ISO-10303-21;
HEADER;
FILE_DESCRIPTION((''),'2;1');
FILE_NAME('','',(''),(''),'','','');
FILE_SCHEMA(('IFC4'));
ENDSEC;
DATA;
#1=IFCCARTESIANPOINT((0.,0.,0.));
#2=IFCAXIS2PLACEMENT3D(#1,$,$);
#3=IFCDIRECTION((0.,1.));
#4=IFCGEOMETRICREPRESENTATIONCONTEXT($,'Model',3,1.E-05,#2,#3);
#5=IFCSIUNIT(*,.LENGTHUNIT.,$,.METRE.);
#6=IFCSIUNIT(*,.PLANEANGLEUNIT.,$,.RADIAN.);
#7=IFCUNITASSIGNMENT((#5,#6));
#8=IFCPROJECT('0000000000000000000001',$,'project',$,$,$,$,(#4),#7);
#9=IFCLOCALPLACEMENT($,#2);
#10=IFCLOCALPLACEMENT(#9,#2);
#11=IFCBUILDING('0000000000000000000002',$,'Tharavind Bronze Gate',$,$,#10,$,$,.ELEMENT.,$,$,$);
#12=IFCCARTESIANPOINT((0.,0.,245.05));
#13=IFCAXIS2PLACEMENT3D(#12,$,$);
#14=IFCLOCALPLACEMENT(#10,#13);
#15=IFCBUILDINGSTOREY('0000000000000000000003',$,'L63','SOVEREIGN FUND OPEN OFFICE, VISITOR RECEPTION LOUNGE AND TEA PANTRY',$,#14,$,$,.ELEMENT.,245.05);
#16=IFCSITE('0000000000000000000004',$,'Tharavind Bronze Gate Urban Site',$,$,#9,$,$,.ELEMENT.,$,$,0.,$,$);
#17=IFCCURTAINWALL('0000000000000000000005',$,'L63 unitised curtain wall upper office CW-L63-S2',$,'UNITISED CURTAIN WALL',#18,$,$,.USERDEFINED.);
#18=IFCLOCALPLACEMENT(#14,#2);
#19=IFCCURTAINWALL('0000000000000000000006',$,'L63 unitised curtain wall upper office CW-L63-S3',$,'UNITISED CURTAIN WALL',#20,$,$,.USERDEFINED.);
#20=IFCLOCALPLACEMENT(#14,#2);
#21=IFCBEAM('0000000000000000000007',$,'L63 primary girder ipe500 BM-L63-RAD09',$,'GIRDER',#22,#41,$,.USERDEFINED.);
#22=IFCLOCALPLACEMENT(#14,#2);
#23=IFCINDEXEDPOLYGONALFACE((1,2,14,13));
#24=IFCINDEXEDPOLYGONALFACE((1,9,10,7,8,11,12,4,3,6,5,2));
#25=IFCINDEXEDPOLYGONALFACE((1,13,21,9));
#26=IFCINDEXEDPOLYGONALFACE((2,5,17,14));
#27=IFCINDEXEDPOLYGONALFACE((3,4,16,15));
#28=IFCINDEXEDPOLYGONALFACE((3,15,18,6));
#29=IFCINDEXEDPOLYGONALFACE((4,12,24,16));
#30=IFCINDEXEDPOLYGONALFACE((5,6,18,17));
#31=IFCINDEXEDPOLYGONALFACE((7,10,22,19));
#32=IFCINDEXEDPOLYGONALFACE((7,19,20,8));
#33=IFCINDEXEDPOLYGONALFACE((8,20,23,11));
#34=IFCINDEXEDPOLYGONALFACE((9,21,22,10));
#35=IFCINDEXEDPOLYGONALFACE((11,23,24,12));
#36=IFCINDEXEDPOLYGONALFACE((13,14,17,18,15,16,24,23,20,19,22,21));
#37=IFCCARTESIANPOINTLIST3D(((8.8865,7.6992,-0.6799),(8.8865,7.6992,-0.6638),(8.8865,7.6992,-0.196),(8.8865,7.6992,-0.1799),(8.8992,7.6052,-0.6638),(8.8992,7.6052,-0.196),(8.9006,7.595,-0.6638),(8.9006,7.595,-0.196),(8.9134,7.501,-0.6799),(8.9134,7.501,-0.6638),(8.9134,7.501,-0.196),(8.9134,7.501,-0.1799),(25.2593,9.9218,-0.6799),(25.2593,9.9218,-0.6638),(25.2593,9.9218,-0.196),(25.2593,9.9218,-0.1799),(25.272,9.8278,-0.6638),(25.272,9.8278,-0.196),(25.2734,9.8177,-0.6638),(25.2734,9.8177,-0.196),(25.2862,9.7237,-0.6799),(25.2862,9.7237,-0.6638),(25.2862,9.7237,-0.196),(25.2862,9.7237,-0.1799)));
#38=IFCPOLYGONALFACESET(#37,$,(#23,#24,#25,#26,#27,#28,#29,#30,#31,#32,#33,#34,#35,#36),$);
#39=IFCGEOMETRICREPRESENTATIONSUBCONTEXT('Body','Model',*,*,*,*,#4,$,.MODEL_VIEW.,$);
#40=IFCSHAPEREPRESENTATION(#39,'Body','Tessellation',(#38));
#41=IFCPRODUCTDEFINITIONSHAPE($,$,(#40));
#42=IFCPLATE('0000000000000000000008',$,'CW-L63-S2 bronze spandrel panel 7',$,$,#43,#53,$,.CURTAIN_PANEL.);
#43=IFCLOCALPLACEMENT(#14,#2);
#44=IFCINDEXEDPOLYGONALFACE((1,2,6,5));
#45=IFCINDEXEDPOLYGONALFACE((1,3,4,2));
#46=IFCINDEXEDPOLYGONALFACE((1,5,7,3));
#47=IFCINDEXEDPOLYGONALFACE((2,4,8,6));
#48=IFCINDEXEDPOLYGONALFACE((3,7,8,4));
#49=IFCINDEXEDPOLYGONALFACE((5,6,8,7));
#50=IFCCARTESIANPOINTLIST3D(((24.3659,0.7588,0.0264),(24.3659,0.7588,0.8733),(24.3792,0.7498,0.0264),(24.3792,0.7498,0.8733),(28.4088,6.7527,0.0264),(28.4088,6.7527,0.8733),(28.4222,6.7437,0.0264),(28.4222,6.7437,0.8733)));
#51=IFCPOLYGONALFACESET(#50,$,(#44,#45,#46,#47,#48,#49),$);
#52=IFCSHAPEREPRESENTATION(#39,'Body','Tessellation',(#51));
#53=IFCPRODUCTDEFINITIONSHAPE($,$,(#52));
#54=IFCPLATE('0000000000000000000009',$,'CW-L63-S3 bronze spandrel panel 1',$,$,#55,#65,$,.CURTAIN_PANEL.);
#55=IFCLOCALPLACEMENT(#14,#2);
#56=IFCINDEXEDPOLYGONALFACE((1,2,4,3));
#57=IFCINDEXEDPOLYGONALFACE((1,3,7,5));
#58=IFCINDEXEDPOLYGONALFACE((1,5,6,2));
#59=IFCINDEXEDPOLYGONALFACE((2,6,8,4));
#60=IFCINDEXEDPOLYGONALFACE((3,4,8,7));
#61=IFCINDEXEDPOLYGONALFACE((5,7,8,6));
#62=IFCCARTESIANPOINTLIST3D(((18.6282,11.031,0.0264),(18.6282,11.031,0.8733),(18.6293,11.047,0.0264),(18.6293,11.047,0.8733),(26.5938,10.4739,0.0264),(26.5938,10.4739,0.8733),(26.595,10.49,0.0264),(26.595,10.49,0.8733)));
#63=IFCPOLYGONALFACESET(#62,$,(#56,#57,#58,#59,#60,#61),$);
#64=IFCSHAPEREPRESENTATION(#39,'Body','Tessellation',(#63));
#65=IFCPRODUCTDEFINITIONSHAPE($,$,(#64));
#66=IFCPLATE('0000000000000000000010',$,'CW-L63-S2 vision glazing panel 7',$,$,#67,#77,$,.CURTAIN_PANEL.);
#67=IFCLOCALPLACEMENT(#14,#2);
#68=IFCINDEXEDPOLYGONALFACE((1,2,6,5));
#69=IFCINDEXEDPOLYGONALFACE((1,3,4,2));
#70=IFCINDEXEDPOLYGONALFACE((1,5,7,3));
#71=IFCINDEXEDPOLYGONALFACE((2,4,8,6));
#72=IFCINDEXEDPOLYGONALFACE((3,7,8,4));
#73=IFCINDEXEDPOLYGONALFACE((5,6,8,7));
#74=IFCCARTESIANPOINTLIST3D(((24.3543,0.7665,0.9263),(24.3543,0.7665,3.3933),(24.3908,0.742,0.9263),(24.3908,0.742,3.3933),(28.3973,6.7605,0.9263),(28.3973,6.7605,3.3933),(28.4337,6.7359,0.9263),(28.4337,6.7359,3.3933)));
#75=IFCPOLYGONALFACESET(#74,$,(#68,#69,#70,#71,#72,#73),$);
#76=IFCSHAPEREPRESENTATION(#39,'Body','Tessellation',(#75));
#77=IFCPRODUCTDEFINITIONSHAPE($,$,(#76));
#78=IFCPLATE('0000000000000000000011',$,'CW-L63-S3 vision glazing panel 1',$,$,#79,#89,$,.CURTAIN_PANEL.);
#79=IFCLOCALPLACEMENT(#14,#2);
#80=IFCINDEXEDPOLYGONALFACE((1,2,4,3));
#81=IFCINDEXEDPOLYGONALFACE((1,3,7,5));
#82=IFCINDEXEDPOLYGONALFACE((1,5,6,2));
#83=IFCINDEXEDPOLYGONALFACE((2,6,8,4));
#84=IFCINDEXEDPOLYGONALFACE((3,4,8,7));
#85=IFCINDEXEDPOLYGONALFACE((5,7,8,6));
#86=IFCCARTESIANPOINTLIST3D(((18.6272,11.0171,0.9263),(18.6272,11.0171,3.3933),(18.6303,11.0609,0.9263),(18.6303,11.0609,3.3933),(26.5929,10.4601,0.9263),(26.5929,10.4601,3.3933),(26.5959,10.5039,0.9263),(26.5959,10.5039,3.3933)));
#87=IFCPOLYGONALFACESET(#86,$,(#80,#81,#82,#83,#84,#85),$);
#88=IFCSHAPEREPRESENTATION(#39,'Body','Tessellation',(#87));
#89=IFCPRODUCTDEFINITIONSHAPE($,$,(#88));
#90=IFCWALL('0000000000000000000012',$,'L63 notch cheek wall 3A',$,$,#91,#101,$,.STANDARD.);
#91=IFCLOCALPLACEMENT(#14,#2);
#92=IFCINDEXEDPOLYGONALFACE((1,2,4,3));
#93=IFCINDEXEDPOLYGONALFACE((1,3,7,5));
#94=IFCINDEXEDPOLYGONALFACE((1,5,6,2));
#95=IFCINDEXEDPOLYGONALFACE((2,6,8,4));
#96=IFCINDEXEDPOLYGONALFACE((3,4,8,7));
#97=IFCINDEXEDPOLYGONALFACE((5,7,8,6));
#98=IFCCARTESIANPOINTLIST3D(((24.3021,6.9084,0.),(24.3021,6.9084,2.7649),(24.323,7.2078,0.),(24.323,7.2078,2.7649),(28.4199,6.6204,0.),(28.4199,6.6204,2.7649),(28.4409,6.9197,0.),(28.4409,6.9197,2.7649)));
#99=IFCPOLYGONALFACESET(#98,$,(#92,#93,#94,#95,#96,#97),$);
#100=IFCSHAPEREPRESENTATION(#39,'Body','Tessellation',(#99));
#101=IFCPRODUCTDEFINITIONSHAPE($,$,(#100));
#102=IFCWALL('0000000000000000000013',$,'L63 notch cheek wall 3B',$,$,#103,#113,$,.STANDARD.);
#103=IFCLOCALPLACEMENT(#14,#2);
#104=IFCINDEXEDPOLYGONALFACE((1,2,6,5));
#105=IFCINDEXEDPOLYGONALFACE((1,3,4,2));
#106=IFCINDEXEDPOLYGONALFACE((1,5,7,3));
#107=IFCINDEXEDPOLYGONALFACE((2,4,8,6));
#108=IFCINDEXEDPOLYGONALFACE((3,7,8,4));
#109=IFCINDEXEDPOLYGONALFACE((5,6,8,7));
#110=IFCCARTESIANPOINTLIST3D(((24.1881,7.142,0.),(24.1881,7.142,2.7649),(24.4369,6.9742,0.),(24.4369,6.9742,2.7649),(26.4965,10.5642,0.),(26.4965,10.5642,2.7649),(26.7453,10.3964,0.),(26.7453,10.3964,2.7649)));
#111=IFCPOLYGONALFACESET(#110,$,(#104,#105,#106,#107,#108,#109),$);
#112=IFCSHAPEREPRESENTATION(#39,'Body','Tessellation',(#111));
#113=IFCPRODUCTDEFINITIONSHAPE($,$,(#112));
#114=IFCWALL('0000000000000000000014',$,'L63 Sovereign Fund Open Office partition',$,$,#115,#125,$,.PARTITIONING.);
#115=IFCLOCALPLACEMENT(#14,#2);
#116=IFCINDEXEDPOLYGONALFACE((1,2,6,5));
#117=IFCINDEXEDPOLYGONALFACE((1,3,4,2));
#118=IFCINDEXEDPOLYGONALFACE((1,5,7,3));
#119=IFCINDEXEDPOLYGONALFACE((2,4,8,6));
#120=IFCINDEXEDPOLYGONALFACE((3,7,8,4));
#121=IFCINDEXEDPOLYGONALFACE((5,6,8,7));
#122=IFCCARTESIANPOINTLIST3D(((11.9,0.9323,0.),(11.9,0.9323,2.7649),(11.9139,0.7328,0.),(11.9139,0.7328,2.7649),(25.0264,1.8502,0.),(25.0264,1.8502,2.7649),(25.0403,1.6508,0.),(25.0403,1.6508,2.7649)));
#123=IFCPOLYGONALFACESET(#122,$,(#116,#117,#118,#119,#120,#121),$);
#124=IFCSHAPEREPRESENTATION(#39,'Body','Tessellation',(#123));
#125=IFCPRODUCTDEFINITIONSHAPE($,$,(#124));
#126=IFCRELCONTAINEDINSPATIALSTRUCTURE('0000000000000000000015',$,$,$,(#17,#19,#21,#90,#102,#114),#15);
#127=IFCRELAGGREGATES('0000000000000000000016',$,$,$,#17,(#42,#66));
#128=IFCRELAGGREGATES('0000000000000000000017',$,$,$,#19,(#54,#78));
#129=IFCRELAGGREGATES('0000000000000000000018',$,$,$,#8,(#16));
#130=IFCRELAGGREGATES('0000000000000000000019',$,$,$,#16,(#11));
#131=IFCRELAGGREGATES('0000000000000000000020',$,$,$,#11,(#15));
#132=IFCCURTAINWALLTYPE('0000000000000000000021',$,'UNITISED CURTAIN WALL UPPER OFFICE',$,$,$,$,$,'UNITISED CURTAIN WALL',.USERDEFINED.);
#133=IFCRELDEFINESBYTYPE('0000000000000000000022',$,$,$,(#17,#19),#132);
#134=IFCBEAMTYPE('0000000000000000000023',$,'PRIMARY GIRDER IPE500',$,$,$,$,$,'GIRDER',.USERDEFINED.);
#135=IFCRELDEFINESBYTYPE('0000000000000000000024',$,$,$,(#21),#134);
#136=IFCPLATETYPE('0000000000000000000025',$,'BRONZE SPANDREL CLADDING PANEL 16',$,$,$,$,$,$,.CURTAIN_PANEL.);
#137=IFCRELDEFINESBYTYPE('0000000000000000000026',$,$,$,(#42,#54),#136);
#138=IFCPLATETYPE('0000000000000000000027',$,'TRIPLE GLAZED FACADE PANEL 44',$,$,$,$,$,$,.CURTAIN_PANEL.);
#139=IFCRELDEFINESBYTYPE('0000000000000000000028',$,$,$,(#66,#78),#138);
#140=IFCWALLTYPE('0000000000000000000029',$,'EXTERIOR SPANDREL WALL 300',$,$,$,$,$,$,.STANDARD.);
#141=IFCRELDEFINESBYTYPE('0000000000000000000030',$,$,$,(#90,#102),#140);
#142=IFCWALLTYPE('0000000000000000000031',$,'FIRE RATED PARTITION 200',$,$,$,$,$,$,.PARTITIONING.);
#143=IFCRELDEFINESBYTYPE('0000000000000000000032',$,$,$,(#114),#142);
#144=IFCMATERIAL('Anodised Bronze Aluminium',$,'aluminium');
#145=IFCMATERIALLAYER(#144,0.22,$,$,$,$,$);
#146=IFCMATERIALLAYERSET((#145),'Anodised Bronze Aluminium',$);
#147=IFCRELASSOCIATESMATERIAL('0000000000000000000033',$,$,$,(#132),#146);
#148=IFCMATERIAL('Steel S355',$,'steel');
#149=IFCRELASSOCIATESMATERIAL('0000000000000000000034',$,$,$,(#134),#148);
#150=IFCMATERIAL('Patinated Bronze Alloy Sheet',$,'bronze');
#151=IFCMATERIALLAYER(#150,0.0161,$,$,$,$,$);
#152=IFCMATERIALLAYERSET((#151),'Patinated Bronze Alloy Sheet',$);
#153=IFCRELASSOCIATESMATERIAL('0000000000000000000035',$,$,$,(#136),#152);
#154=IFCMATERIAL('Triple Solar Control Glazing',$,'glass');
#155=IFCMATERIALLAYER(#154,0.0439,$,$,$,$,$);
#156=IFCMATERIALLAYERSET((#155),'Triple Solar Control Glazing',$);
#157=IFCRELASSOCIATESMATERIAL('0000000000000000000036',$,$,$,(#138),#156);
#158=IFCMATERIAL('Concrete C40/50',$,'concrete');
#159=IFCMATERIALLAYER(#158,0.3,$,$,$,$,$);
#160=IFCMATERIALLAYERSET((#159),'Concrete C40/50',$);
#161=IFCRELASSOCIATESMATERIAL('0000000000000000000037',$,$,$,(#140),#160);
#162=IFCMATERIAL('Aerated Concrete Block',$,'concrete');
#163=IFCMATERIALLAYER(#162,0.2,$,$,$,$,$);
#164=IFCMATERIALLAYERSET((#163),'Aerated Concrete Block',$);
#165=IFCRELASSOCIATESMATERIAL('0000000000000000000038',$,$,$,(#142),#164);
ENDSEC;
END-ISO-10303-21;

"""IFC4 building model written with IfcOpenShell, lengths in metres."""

from ifc_helpers import new_model, si_unit, direction, frame, frame_2d, origin, origin_2d, place, context, subcontext, project, spatial, rectangle, i_section, extrude, material, layer, layer_set, material_profile, profile_set, type_object, element, aggregate, save


model = new_model("IFC4")

# Units and contexts
model_context = context("Model", 3, precision=1e-05, world=origin(), true_north=direction((0.0, 1.0)))
body_context = subcontext(model_context, "Body", "Model", "MODEL_VIEW")
ifc_project = project(units=[si_unit("LENGTHUNIT", "METRE"), si_unit("PLANEANGLEUNIT", "RADIAN")], contexts=[model_context])

# Site, building, storey
site_placement = place(None, origin())
site = spatial("IfcSite", under=ifc_project, at=site_placement, Name="Tharavind Bronze Gate Urban Site", CompositionType="ELEMENT", RefElevation=0.0)
building_placement = place(site_placement, origin())
building = spatial("IfcBuilding", under=site, at=building_placement, Name="Tharavind Bronze Gate", CompositionType="ELEMENT")
storey_placement = place(building_placement, frame((0.0, 0.0, 245.05)))
storey = spatial("IfcBuildingStorey", under=building, at=storey_placement, Name="L63", Description="SOVEREIGN FUND OPEN OFFICE, VISITOR RECEPTION LOUNGE AND TEA PANTRY", CompositionType="ELEMENT", Elevation=245.05)

# Curtain wall
ifc_material_1 = material(Name="Anodised Bronze Aluminium", Category="aluminium")
ifc_layer_1 = layer(ifc_material_1, 0.22)
ifc_layer_set_1 = layer_set([ifc_layer_1], Name="Anodised Bronze Aluminium")
curtain_wall_type = type_object("IfcCurtainWallType", Name="UNITISED CURTAIN WALL UPPER OFFICE", ElementType="UNITISED CURTAIN WALL", PredefinedType="USERDEFINED", material=ifc_layer_set_1)
curtain_wall_1_placement = place(storey_placement, origin())
curtain_wall_1 = element("IfcCurtainWall", 1, at=curtain_wall_1_placement, inside=storey, type_object=curtain_wall_type, Name="L63 unitised curtain wall upper office CW-L63-S2", ObjectType="UNITISED CURTAIN WALL", PredefinedType="USERDEFINED")

# Curtain wall
curtain_wall_2_placement = place(storey_placement, origin())
curtain_wall_2 = element("IfcCurtainWall", 2, at=curtain_wall_2_placement, inside=storey, type_object=curtain_wall_type, Name="L63 unitised curtain wall upper office CW-L63-S3", ObjectType="UNITISED CURTAIN WALL", PredefinedType="USERDEFINED")

# Beam
ifc_material_2 = material(Name="Steel S355", Category="steel")
ifc_material_profile_1 = material_profile(ifc_material_2, i_section(OverallWidth=0.2, OverallDepth=0.5, WebThickness=0.0103, FlangeThickness=0.0161, at=origin_2d()), Name="IPE500")
ifc_profile_set_1 = profile_set([ifc_material_profile_1], Name="Steel S355")
beam_type_1 = type_object("IfcBeamType", Name="PRIMARY GIRDER IPE500", ElementType="GIRDER", PredefinedType="USERDEFINED", material=ifc_profile_set_1)
beam_1_placement = place(storey_placement, frame((25.2727, 9.8228, -0.4299), z_axis=(-0.990911, -0.134519, 0.0), x_axis=(0.134519, -0.990911, 0.0)))
element("IfcBeam", 3, at=beam_1_placement, inside=storey, type_object=beam_type_1, Name="L63 primary girder ipe500 BM-L63-RAD09", ObjectType="GIRDER", PredefinedType="USERDEFINED", context=body_context, shape_type="SweptSolid", body=[
    extrude(i_section(OverallWidth=0.2, OverallDepth=0.5, WebThickness=0.0103, FlangeThickness=0.0161, at=origin_2d()), origin(), (0.0, 0.0, 1.0), 16.5229),
])

# Plates
ifc_material_3 = material(Name="Patinated Bronze Alloy Sheet", Category="bronze")
ifc_layer_2 = layer(ifc_material_3, 0.0161)
ifc_layer_set_2 = layer_set([ifc_layer_2], Name="Patinated Bronze Alloy Sheet")
plate_type_1 = type_object("IfcPlateType", Name="BRONZE SPANDREL CLADDING PANEL 16", PredefinedType="CURTAIN_PANEL", material=ifc_layer_set_2)
plate_1_placement = place(storey_placement, frame((26.394, 3.7512, 0.0264), z_axis=(0.0, 0.0, 1.0), x_axis=(0.559193, 0.829038, 0.0)))
plate_1 = element("IfcPlate", 4, at=plate_1_placement, type_object=plate_type_1, Name="CW-L63-S2 bronze spandrel panel 7", PredefinedType="CURTAIN_PANEL", context=body_context, shape_type="SweptSolid", body=[
    extrude(rectangle(XDim=7.23, YDim=0.0161, at=origin_2d()), origin(), (0.0, 0.0, 1.0), 0.8469),
])
plate_2_placement = place(storey_placement, frame((22.6116, 10.7605, 0.0264), z_axis=(0.0, 0.0, 1.0), x_axis=(-0.997564, 0.069758, 0.0)))
plate_2 = element("IfcPlate", 5, at=plate_2_placement, type_object=plate_type_1, Name="CW-L63-S3 bronze spandrel panel 1", PredefinedType="CURTAIN_PANEL", context=body_context, shape_type="SweptSolid", body=[
    extrude(rectangle(XDim=7.9851, YDim=0.0161, at=origin_2d()), origin(), (0.0, 0.0, 1.0), 0.8469),
])
ifc_material_4 = material(Name="Triple Solar Control Glazing", Category="glass")
ifc_layer_3 = layer(ifc_material_4, 0.0439)
ifc_layer_set_3 = layer_set([ifc_layer_3], Name="Triple Solar Control Glazing")
plate_type_2 = type_object("IfcPlateType", Name="TRIPLE GLAZED FACADE PANEL 44", PredefinedType="CURTAIN_PANEL", material=ifc_layer_set_3)
plate_3_placement = place(storey_placement, frame((26.394, 3.7512, 0.9263), z_axis=(0.0, 0.0, 1.0), x_axis=(0.559193, 0.829038, 0.0)))
plate_3 = element("IfcPlate", 6, at=plate_3_placement, type_object=plate_type_2, Name="CW-L63-S2 vision glazing panel 7", PredefinedType="CURTAIN_PANEL", context=body_context, shape_type="SweptSolid", body=[
    extrude(rectangle(XDim=7.23, YDim=0.0439, at=origin_2d()), origin(), (0.0, 0.0, 1.0), 2.467),
])
aggregate(curtain_wall_1, [plate_1, plate_3])
plate_4_placement = place(storey_placement, frame((22.6116, 10.7605, 0.9263), z_axis=(0.0, 0.0, 1.0), x_axis=(-0.997564, 0.069758, 0.0)))
plate_4 = element("IfcPlate", 7, at=plate_4_placement, type_object=plate_type_2, Name="CW-L63-S3 vision glazing panel 1", PredefinedType="CURTAIN_PANEL", context=body_context, shape_type="SweptSolid", body=[
    extrude(rectangle(XDim=7.9851, YDim=0.0439, at=origin_2d()), origin(), (0.0, 0.0, 1.0), 2.467),
])
aggregate(curtain_wall_2, [plate_2, plate_4])

# Walls
ifc_material_5 = material(Name="Concrete C40/50", Category="concrete")
ifc_layer_4 = layer(ifc_material_5, 0.3)
ifc_layer_set_4 = layer_set([ifc_layer_4], Name="Concrete C40/50")
wall_type_1 = type_object("IfcWallType", Name="EXTERIOR SPANDREL WALL 300", PredefinedType="STANDARD", material=ifc_layer_set_4)
for number, where, z_axis, x_axis, name in (
    (8, (28.4304, 6.77, 0.0), (0.0, 0.0, 1.0), (-0.997562, 0.069789, 0.0), "L63 notch cheek wall 3A"),
    (9, (24.3125, 7.0581, 0.0), (0.0, 0.0, 1.0), (0.55921, 0.829026, 0.0), "L63 notch cheek wall 3B"),
):
    element("IfcWall", number, at=place(storey_placement, frame(where, z_axis=z_axis, x_axis=x_axis)), inside=storey, type_object=wall_type_1, Name=name, PredefinedType="STANDARD", context=body_context, shape_type="SweptSolid", body=[
        extrude(rectangle(XDim=4.1279, YDim=0.3, at=frame_2d((2.064, 0.0))), origin(), (0.0, 0.0, 1.0), 2.7649),
    ])
ifc_material_6 = material(Name="Aerated Concrete Block", Category="concrete")
ifc_layer_5 = layer(ifc_material_6, 0.2)
ifc_layer_set_5 = layer_set([ifc_layer_5], Name="Aerated Concrete Block")
wall_type_2 = type_object("IfcWallType", Name="FIRE RATED PARTITION 200", PredefinedType="PARTITIONING", material=ifc_layer_set_5)
wall_placement = place(storey_placement, frame((25.0332, 1.7505, 0.0), z_axis=(0.0, 0.0, 1.0), x_axis=(-0.997564, -0.069762, 0.0)))
element("IfcWall", 10, at=wall_placement, inside=storey, type_object=wall_type_2, Name="L63 Sovereign Fund Open Office partition", PredefinedType="PARTITIONING", context=body_context, shape_type="SweptSolid", body=[
    extrude(rectangle(XDim=13.1584, YDim=0.2, at=frame_2d((6.5791, 0.0))), origin(), (0.0, 0.0, 1.0), 2.7649),
])

save(model, "model.ifc")
